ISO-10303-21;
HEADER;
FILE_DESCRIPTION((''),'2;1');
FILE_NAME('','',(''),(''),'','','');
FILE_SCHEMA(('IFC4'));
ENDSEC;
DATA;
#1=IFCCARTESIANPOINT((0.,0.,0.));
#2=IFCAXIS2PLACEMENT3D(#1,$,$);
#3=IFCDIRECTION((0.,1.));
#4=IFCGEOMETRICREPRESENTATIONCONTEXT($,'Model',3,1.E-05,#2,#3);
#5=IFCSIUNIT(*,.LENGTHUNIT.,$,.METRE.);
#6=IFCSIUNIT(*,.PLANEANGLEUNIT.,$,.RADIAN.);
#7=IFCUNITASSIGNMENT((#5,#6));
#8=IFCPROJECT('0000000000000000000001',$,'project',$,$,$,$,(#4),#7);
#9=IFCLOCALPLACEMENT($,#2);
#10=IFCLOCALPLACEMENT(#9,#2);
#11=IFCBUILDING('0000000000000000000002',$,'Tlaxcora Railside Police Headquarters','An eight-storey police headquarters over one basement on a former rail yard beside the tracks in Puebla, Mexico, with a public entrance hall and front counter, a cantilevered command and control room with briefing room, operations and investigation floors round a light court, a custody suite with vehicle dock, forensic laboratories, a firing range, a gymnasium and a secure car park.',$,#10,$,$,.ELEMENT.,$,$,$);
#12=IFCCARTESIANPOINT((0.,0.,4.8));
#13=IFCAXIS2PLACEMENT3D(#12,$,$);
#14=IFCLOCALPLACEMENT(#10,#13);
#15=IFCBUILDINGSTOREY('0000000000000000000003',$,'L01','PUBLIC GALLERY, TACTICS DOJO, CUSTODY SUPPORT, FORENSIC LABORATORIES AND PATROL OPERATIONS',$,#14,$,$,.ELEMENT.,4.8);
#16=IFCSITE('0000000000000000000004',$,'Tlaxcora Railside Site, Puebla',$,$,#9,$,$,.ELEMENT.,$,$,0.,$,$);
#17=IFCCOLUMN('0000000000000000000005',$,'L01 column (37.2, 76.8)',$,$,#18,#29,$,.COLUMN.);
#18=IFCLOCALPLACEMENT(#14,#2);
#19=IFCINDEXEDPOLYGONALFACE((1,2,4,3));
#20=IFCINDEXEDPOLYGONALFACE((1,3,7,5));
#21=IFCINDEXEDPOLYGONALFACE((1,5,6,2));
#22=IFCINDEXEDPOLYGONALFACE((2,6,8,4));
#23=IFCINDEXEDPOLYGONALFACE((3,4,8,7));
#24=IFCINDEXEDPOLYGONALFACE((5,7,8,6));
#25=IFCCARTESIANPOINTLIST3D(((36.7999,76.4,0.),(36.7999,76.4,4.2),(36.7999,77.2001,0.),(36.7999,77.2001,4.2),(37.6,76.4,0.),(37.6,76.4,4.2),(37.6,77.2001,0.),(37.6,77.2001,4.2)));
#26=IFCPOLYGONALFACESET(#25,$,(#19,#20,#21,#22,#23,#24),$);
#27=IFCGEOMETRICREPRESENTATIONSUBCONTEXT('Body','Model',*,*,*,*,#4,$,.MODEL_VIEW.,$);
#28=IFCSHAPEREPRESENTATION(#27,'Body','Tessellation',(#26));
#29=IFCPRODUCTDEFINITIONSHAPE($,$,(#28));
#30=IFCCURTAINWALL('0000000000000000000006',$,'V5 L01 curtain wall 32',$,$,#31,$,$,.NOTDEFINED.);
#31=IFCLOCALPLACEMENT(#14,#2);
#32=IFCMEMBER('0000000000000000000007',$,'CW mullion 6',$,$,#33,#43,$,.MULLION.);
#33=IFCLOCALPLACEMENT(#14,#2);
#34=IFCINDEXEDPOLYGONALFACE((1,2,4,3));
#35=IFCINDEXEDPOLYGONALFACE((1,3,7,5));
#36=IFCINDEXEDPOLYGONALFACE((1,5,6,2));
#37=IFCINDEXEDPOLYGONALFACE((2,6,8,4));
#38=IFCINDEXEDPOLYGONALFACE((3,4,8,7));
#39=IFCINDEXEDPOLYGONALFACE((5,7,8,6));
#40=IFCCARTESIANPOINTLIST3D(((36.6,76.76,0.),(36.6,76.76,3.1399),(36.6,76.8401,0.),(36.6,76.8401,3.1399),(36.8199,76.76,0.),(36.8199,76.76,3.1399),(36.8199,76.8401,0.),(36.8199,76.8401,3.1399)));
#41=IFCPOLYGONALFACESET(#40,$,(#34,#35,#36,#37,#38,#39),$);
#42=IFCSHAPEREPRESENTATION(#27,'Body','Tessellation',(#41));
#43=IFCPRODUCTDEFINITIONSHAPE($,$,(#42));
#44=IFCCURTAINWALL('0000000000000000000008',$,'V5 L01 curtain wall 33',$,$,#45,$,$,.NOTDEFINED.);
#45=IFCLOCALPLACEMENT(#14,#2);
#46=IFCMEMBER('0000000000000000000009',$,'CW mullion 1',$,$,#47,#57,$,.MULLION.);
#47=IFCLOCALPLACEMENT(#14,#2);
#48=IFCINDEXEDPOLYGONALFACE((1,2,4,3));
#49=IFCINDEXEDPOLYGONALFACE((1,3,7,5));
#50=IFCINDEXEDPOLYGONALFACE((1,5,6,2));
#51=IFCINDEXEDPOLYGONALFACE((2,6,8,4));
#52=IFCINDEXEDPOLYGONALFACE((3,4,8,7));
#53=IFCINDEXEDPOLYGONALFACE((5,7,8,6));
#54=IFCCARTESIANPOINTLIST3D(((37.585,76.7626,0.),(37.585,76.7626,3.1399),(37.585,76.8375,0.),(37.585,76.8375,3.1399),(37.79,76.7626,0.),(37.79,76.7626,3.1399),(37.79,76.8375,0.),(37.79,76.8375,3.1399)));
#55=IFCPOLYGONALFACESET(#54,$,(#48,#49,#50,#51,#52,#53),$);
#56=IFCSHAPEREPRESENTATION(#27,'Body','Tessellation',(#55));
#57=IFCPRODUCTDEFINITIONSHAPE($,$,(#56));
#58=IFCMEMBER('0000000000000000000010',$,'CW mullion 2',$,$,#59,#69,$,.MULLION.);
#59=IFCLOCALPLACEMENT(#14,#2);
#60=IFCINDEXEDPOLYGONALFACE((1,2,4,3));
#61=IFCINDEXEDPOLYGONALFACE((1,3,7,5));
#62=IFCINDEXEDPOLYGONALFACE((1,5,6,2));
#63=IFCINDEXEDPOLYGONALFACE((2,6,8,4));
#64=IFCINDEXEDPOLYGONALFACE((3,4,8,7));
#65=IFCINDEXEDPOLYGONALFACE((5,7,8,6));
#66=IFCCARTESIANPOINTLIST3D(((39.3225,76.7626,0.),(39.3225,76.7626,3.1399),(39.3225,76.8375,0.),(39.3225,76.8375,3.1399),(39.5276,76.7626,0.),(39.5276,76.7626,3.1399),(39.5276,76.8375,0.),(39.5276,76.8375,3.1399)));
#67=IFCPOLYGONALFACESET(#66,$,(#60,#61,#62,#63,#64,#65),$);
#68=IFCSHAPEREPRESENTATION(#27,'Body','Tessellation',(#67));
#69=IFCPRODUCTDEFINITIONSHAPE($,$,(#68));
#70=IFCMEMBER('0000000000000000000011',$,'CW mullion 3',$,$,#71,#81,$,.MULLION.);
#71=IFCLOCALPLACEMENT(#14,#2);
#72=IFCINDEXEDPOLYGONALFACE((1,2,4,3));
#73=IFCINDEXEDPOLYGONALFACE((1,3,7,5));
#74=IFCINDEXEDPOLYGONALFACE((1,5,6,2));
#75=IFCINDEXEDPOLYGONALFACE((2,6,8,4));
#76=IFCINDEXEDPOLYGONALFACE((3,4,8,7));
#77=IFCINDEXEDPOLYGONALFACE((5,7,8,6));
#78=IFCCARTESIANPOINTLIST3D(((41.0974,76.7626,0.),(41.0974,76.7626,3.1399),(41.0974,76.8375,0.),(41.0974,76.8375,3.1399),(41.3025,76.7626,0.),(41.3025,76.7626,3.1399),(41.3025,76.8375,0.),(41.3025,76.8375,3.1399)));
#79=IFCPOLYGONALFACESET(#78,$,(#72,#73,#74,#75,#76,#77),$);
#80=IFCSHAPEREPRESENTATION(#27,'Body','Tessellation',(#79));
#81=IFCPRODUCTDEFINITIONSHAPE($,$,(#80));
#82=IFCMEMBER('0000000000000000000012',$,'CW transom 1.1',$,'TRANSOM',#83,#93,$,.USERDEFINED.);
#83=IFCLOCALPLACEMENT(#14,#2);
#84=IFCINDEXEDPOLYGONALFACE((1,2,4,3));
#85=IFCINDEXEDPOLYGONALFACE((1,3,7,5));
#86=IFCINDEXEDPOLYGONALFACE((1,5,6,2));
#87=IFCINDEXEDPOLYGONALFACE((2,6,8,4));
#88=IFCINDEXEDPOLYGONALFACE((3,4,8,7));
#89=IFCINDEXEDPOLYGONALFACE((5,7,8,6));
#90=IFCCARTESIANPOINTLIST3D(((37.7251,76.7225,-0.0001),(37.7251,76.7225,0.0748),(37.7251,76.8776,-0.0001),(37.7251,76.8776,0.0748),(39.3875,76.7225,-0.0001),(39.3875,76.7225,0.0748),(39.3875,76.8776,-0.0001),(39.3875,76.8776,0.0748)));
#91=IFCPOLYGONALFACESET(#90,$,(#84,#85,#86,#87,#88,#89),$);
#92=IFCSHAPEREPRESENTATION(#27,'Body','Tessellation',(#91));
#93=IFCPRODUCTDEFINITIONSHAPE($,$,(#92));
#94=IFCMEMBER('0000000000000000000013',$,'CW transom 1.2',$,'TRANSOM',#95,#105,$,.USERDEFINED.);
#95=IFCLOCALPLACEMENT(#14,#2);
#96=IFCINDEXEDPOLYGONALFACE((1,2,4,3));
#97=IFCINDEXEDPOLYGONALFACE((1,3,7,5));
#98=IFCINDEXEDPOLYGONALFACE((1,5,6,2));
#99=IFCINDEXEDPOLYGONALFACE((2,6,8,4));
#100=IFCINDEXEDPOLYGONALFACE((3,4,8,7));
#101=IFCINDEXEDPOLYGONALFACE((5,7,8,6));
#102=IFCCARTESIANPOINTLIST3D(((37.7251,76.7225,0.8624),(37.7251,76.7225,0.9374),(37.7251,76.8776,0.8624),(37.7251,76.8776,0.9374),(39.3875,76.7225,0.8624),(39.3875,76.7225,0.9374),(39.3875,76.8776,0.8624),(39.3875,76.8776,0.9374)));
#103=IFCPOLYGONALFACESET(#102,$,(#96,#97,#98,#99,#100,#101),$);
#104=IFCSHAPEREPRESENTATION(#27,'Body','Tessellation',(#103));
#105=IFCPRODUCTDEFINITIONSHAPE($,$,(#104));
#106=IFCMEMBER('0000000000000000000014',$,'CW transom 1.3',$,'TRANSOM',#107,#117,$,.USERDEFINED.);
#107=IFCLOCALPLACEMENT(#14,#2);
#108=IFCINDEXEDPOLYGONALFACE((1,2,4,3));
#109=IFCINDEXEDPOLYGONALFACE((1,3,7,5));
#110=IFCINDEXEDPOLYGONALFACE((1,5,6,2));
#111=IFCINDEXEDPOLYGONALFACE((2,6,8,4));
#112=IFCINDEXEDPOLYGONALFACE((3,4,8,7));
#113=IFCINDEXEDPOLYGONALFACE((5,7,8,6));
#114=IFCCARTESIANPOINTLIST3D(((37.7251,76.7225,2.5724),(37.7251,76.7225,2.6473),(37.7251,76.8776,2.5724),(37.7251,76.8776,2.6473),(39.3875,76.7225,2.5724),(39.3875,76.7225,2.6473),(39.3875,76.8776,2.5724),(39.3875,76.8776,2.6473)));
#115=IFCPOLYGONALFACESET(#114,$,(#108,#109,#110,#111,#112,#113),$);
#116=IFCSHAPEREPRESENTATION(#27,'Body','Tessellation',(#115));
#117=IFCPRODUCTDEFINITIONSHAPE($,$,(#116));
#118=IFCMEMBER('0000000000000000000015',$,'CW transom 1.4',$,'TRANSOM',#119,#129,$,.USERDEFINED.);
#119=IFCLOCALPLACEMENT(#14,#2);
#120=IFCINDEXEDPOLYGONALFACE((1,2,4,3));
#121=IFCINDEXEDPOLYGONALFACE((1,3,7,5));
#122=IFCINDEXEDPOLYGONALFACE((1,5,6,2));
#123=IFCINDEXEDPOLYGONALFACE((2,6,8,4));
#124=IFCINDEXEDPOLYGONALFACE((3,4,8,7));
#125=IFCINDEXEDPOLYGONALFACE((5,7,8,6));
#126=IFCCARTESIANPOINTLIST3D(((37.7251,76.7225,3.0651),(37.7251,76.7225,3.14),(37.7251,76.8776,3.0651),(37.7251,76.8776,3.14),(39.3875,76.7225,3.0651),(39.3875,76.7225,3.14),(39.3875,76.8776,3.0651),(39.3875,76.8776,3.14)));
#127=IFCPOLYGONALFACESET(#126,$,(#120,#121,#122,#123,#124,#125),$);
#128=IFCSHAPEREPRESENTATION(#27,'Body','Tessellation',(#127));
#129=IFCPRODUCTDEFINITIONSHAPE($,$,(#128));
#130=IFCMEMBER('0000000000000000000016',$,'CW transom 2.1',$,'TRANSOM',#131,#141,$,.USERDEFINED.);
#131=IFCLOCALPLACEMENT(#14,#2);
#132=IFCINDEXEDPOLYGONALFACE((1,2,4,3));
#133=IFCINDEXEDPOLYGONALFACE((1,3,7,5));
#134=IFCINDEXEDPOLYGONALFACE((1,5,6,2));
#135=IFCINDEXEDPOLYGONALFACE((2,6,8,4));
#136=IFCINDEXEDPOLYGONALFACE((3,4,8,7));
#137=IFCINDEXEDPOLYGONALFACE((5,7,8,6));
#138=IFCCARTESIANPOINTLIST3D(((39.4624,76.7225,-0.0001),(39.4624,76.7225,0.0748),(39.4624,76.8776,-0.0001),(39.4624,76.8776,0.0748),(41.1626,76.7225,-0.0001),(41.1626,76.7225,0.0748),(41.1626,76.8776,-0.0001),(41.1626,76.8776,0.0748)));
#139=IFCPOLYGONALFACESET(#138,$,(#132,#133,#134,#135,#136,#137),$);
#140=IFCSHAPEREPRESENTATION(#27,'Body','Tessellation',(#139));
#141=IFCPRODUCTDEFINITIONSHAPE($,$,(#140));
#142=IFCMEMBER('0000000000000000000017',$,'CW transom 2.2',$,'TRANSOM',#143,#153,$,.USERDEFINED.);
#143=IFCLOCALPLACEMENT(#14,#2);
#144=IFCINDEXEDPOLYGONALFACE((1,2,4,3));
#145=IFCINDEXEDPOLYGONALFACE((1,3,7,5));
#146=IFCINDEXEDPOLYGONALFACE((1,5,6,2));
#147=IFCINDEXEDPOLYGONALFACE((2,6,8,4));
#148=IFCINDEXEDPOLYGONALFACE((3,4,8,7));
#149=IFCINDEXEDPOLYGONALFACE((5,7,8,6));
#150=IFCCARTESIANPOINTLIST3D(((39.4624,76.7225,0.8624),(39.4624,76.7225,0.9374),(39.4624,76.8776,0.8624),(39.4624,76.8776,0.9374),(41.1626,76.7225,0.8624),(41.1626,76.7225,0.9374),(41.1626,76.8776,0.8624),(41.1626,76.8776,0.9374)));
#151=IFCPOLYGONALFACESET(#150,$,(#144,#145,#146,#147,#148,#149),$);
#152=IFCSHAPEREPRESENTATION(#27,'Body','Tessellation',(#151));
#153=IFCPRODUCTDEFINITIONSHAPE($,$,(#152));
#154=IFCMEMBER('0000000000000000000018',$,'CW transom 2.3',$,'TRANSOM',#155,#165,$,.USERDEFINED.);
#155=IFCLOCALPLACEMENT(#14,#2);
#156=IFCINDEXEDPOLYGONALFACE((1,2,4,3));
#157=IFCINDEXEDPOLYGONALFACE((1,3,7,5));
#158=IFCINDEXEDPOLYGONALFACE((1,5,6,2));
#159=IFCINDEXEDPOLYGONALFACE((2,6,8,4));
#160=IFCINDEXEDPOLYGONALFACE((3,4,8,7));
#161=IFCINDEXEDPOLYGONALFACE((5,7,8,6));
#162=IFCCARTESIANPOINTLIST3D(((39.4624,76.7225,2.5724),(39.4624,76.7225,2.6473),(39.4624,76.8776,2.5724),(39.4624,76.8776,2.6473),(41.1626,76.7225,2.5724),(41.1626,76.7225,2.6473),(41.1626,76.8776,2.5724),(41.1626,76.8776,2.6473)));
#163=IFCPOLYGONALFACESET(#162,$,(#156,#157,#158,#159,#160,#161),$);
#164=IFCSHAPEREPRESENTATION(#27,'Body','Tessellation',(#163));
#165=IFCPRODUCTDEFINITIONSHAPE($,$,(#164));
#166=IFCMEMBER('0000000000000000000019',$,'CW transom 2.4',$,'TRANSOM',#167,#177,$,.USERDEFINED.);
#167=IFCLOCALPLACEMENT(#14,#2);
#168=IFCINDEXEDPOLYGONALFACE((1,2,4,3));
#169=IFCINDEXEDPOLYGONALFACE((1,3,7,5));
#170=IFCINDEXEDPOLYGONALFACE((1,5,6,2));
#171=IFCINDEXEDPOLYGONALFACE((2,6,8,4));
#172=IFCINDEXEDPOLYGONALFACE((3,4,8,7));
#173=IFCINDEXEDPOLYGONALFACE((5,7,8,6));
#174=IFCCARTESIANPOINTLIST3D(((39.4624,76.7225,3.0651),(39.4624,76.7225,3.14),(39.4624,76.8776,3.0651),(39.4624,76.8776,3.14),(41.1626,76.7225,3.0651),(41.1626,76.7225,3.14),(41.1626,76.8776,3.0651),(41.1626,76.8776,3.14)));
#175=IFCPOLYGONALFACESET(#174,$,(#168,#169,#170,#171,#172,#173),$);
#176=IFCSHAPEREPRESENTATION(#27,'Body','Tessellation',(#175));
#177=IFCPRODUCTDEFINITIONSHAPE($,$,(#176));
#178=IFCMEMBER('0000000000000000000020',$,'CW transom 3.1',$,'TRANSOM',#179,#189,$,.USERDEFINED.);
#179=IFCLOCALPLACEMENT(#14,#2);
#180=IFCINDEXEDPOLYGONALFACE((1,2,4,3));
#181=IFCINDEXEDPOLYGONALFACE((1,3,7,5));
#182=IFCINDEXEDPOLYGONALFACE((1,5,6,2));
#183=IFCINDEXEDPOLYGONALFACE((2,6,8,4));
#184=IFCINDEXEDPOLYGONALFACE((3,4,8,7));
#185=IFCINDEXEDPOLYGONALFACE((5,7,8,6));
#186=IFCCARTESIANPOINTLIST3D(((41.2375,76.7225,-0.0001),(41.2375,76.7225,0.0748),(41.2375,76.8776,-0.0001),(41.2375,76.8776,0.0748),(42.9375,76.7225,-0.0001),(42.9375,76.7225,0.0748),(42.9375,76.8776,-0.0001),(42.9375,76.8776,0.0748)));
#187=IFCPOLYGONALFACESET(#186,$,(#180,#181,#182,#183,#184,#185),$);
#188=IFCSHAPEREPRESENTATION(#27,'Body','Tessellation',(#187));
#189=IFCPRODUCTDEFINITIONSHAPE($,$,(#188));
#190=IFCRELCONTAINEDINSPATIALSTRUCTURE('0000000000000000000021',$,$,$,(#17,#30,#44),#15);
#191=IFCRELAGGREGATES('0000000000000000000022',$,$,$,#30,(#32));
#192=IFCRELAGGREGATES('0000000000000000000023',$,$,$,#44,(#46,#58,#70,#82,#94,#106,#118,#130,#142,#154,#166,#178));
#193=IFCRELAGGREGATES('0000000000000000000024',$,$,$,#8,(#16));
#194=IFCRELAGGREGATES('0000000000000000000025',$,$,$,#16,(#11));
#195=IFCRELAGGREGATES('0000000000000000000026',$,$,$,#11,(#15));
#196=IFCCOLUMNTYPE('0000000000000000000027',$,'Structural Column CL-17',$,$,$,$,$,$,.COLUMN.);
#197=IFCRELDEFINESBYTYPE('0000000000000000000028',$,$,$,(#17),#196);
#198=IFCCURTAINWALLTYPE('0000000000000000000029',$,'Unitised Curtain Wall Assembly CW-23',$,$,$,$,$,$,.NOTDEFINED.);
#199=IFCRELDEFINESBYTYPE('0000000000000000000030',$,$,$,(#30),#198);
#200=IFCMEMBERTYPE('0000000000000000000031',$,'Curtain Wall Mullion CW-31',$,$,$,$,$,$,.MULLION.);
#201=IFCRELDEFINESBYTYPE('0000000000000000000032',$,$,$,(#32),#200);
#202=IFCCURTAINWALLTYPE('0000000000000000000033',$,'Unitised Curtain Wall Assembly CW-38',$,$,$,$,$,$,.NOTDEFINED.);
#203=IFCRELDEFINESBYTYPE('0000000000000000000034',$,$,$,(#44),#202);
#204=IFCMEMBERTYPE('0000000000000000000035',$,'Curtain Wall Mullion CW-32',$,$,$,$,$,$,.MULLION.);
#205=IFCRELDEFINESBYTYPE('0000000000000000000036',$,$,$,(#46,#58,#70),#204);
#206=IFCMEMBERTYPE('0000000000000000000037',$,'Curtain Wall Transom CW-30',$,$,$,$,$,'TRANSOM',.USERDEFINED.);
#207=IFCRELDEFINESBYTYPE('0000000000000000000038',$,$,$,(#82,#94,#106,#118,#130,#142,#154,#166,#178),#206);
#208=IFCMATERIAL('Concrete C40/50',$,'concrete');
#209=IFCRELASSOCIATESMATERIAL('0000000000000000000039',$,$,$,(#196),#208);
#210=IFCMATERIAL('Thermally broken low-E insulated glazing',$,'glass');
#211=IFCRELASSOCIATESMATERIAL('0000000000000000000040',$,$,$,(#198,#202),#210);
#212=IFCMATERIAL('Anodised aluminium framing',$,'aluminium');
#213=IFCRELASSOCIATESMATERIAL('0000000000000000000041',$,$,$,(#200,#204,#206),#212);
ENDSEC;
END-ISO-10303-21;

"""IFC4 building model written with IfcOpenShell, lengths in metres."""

from ifc_helpers import new_model, si_unit, direction, frame, origin, origin_2d, place, context, subcontext, project, spatial, rectangle, extrude, material, material_profile, profile_set, type_object, element, aggregate, save


model = new_model("IFC4")

# Units and contexts
model_context = context("Model", 3, precision=1e-05, world=origin(), true_north=direction((0.0, 1.0)))
body_context = subcontext(model_context, "Body", "Model", "MODEL_VIEW")
ifc_project = project(units=[si_unit("LENGTHUNIT", "METRE"), si_unit("PLANEANGLEUNIT", "RADIAN")], contexts=[model_context])

# Site, building, storey
site_placement = place(None, origin())
site = spatial("IfcSite", under=ifc_project, at=site_placement, Name="Tlaxcora Railside Site, Puebla", CompositionType="ELEMENT", RefElevation=0.0)
building_placement = place(site_placement, origin())
building = spatial("IfcBuilding", under=site, at=building_placement, Name="Tlaxcora Railside Police Headquarters", Description="An eight-storey police headquarters over one basement on a former rail yard beside the tracks in Puebla, Mexico, with a public entrance hall and front counter, a cantilevered command and control room with briefing room, operations and investigation floors round a light court, a custody suite with vehicle dock, forensic laboratories, a firing range, a gymnasium and a secure car park.", CompositionType="ELEMENT")
storey_placement = place(building_placement, frame((0.0, 0.0, 4.8)))
storey = spatial("IfcBuildingStorey", under=building, at=storey_placement, Name="L01", Description="PUBLIC GALLERY, TACTICS DOJO, CUSTODY SUPPORT, FORENSIC LABORATORIES AND PATROL OPERATIONS", CompositionType="ELEMENT", Elevation=4.8)

# Column
ifc_material_1 = material(Name="Concrete C40/50", Category="concrete")
ifc_material_profile_1 = material_profile(ifc_material_1, rectangle(XDim=0.8, YDim=0.8, at=origin_2d()), Name="RC800X800")
ifc_profile_set_1 = profile_set([ifc_material_profile_1], Name="Concrete C40/50")
column_type = type_object("IfcColumnType", Name="Structural Column CL-17", PredefinedType="COLUMN", material=ifc_profile_set_1)
column_placement = place(storey_placement, frame((37.2, 76.8, 0.0), z_axis=(0.0, 0.0, 1.0), x_axis=(1.0, 0.0, 0.0)))
element("IfcColumn", 1, at=column_placement, inside=storey, type_object=column_type, Name="L01 column (37.2, 76.8)", PredefinedType="COLUMN", context=body_context, shape_type="SweptSolid", body=[
    extrude(rectangle(XDim=0.8, YDim=0.8, at=origin_2d()), origin(), (0.0, 0.0, 1.0), 4.2),
])

# Curtain wall, member
ifc_material_2 = material(Name="Thermally broken low-E insulated glazing", Category="glass")
curtain_wall_type_1 = type_object("IfcCurtainWallType", Name="Unitised Curtain Wall Assembly CW-23", PredefinedType="NOTDEFINED", material=ifc_material_2)
curtain_wall_1_placement = place(storey_placement, origin())
curtain_wall_1 = element("IfcCurtainWall", 2, at=curtain_wall_1_placement, inside=storey, type_object=curtain_wall_type_1, Name="V5 L01 curtain wall 32", PredefinedType="NOTDEFINED")
ifc_material_3 = material(Name="Anodised aluminium framing", Category="aluminium")
ifc_material_profile_2 = material_profile(ifc_material_3, rectangle(XDim=0.0801, YDim=0.22, at=origin_2d()), Name="AL80X220")
ifc_profile_set_2 = profile_set([ifc_material_profile_2], Name="Anodised aluminium framing")
member_type_1 = type_object("IfcMemberType", Name="Curtain Wall Mullion CW-31", PredefinedType="MULLION", material=ifc_profile_set_2)
member_1_placement = place(storey_placement, frame((36.71, 76.8, 0.0), z_axis=(0.0, 0.0, 1.0), x_axis=(0.0, 1.0, 0.0)))
member_1 = element("IfcMember", 3, at=member_1_placement, type_object=member_type_1, Name="CW mullion 6", PredefinedType="MULLION", context=body_context, shape_type="SweptSolid", body=[
    extrude(rectangle(XDim=0.0801, YDim=0.22, at=origin_2d()), origin(), (0.0, 0.0, 1.0), 3.1399),
])

# Curtain wall, members
curtain_wall_type_2 = type_object("IfcCurtainWallType", Name="Unitised Curtain Wall Assembly CW-38", PredefinedType="NOTDEFINED", material=ifc_material_2)
curtain_wall_2_placement = place(storey_placement, origin())
curtain_wall_2 = element("IfcCurtainWall", 4, at=curtain_wall_2_placement, inside=storey, type_object=curtain_wall_type_2, Name="V5 L01 curtain wall 33", PredefinedType="NOTDEFINED")
ifc_material_profile_3 = material_profile(ifc_material_3, rectangle(XDim=0.075, YDim=0.2051, at=origin_2d()), Name="AL75X205")
ifc_profile_set_3 = profile_set([ifc_material_profile_3], Name="Anodised aluminium framing")
member_type_2 = type_object("IfcMemberType", Name="Curtain Wall Mullion CW-32", PredefinedType="MULLION", material=ifc_profile_set_3)
member_2_placement = place(storey_placement, frame((37.6875, 76.8, 0.0), z_axis=(0.0, 0.0, 1.0), x_axis=(0.0, 1.0, 0.0)))
member_2 = element("IfcMember", 5, at=member_2_placement, type_object=member_type_2, Name="CW mullion 1", PredefinedType="MULLION", context=body_context, shape_type="SweptSolid", body=[
    extrude(rectangle(XDim=0.075, YDim=0.2051, at=origin_2d()), origin(), (0.0, 0.0, 1.0), 3.1399),
])
member_3_placement = place(storey_placement, frame((39.425, 76.8, 0.0), z_axis=(0.0, 0.0, 1.0), x_axis=(0.0, 1.0, 0.0)))
member_3 = element("IfcMember", 6, at=member_3_placement, type_object=member_type_2, Name="CW mullion 2", PredefinedType="MULLION", context=body_context, shape_type="SweptSolid", body=[
    extrude(rectangle(XDim=0.075, YDim=0.2051, at=origin_2d()), origin(), (0.0, 0.0, 1.0), 3.1399),
])
member_4_placement = place(storey_placement, frame((41.2, 76.8, 0.0), z_axis=(0.0, 0.0, 1.0), x_axis=(0.0, 1.0, 0.0)))
member_4 = element("IfcMember", 7, at=member_4_placement, type_object=member_type_2, Name="CW mullion 3", PredefinedType="MULLION", context=body_context, shape_type="SweptSolid", body=[
    extrude(rectangle(XDim=0.075, YDim=0.2051, at=origin_2d()), origin(), (0.0, 0.0, 1.0), 3.1399),
])
ifc_material_profile_4 = material_profile(ifc_material_3, rectangle(XDim=0.155, YDim=0.075, at=origin_2d()), Name="AL75X155")
ifc_profile_set_4 = profile_set([ifc_material_profile_4], Name="Anodised aluminium framing")
member_type_3 = type_object("IfcMemberType", Name="Curtain Wall Transom CW-30", ElementType="TRANSOM", PredefinedType="USERDEFINED", material=ifc_profile_set_4)
member_5_placement = place(storey_placement, frame((37.7251, 76.8, 0.0374), z_axis=(1.0, 0.0, 0.0), x_axis=(0.0, 1.0, 0.0)))
member_5 = element("IfcMember", 8, at=member_5_placement, type_object=member_type_3, Name="CW transom 1.1", ObjectType="TRANSOM", PredefinedType="USERDEFINED", context=body_context, shape_type="SweptSolid", body=[
    extrude(rectangle(XDim=0.155, YDim=0.075, at=origin_2d()), origin(), (0.0, 0.0, 1.0), 1.6624),
])
member_6_placement = place(storey_placement, frame((37.7251, 76.8, 0.8999), z_axis=(1.0, 0.0, 0.0), x_axis=(0.0, 1.0, 0.0)))
member_6 = element("IfcMember", 9, at=member_6_placement, type_object=member_type_3, Name="CW transom 1.2", ObjectType="TRANSOM", PredefinedType="USERDEFINED", context=body_context, shape_type="SweptSolid", body=[
    extrude(rectangle(XDim=0.155, YDim=0.075, at=origin_2d()), origin(), (0.0, 0.0, 1.0), 1.6624),
])
member_7_placement = place(storey_placement, frame((37.7251, 76.8, 2.6099), z_axis=(1.0, 0.0, 0.0), x_axis=(0.0, 1.0, 0.0)))
member_7 = element("IfcMember", 10, at=member_7_placement, type_object=member_type_3, Name="CW transom 1.3", ObjectType="TRANSOM", PredefinedType="USERDEFINED", context=body_context, shape_type="SweptSolid", body=[
    extrude(rectangle(XDim=0.155, YDim=0.075, at=origin_2d()), origin(), (0.0, 0.0, 1.0), 1.6624),
])
member_8_placement = place(storey_placement, frame((37.7251, 76.8, 3.1025), z_axis=(1.0, 0.0, 0.0), x_axis=(0.0, 1.0, 0.0)))
member_8 = element("IfcMember", 11, at=member_8_placement, type_object=member_type_3, Name="CW transom 1.4", ObjectType="TRANSOM", PredefinedType="USERDEFINED", context=body_context, shape_type="SweptSolid", body=[
    extrude(rectangle(XDim=0.155, YDim=0.075, at=origin_2d()), origin(), (0.0, 0.0, 1.0), 1.6624),
])
member_9_placement = place(storey_placement, frame((39.4624, 76.8, 0.0374), z_axis=(1.0, 0.0, 0.0), x_axis=(0.0, 1.0, 0.0)))
member_9 = element("IfcMember", 12, at=member_9_placement, type_object=member_type_3, Name="CW transom 2.1", ObjectType="TRANSOM", PredefinedType="USERDEFINED", context=body_context, shape_type="SweptSolid", body=[
    extrude(rectangle(XDim=0.155, YDim=0.075, at=origin_2d()), origin(), (0.0, 0.0, 1.0), 1.7002),
])
member_10_placement = place(storey_placement, frame((39.4624, 76.8, 0.8999), z_axis=(1.0, 0.0, 0.0), x_axis=(0.0, 1.0, 0.0)))
member_10 = element("IfcMember", 13, at=member_10_placement, type_object=member_type_3, Name="CW transom 2.2", ObjectType="TRANSOM", PredefinedType="USERDEFINED", context=body_context, shape_type="SweptSolid", body=[
    extrude(rectangle(XDim=0.155, YDim=0.075, at=origin_2d()), origin(), (0.0, 0.0, 1.0), 1.7002),
])
member_11_placement = place(storey_placement, frame((39.4624, 76.8, 2.6099), z_axis=(1.0, 0.0, 0.0), x_axis=(0.0, 1.0, 0.0)))
member_11 = element("IfcMember", 14, at=member_11_placement, type_object=member_type_3, Name="CW transom 2.3", ObjectType="TRANSOM", PredefinedType="USERDEFINED", context=body_context, shape_type="SweptSolid", body=[
    extrude(rectangle(XDim=0.155, YDim=0.075, at=origin_2d()), origin(), (0.0, 0.0, 1.0), 1.7002),
])
member_12_placement = place(storey_placement, frame((39.4624, 76.8, 3.1025), z_axis=(1.0, 0.0, 0.0), x_axis=(0.0, 1.0, 0.0)))
member_12 = element("IfcMember", 15, at=member_12_placement, type_object=member_type_3, Name="CW transom 2.4", ObjectType="TRANSOM", PredefinedType="USERDEFINED", context=body_context, shape_type="SweptSolid", body=[
    extrude(rectangle(XDim=0.155, YDim=0.075, at=origin_2d()), origin(), (0.0, 0.0, 1.0), 1.7002),
])
member_13_placement = place(storey_placement, frame((41.2375, 76.8, 0.0374), z_axis=(1.0, 0.0, 0.0), x_axis=(0.0, 1.0, 0.0)))
member_13 = element("IfcMember", 16, at=member_13_placement, type_object=member_type_3, Name="CW transom 3.1", ObjectType="TRANSOM", PredefinedType="USERDEFINED", context=body_context, shape_type="SweptSolid", body=[
    extrude(rectangle(XDim=0.155, YDim=0.075, at=origin_2d()), origin(), (0.0, 0.0, 1.0), 1.7),
])

aggregate(curtain_wall_1, [member_1])
aggregate(curtain_wall_2, [member_2, member_3, member_4, member_5, member_6, member_7, member_8, member_9, member_10, member_11, member_12, member_13])

save(model, "model.ifc")
